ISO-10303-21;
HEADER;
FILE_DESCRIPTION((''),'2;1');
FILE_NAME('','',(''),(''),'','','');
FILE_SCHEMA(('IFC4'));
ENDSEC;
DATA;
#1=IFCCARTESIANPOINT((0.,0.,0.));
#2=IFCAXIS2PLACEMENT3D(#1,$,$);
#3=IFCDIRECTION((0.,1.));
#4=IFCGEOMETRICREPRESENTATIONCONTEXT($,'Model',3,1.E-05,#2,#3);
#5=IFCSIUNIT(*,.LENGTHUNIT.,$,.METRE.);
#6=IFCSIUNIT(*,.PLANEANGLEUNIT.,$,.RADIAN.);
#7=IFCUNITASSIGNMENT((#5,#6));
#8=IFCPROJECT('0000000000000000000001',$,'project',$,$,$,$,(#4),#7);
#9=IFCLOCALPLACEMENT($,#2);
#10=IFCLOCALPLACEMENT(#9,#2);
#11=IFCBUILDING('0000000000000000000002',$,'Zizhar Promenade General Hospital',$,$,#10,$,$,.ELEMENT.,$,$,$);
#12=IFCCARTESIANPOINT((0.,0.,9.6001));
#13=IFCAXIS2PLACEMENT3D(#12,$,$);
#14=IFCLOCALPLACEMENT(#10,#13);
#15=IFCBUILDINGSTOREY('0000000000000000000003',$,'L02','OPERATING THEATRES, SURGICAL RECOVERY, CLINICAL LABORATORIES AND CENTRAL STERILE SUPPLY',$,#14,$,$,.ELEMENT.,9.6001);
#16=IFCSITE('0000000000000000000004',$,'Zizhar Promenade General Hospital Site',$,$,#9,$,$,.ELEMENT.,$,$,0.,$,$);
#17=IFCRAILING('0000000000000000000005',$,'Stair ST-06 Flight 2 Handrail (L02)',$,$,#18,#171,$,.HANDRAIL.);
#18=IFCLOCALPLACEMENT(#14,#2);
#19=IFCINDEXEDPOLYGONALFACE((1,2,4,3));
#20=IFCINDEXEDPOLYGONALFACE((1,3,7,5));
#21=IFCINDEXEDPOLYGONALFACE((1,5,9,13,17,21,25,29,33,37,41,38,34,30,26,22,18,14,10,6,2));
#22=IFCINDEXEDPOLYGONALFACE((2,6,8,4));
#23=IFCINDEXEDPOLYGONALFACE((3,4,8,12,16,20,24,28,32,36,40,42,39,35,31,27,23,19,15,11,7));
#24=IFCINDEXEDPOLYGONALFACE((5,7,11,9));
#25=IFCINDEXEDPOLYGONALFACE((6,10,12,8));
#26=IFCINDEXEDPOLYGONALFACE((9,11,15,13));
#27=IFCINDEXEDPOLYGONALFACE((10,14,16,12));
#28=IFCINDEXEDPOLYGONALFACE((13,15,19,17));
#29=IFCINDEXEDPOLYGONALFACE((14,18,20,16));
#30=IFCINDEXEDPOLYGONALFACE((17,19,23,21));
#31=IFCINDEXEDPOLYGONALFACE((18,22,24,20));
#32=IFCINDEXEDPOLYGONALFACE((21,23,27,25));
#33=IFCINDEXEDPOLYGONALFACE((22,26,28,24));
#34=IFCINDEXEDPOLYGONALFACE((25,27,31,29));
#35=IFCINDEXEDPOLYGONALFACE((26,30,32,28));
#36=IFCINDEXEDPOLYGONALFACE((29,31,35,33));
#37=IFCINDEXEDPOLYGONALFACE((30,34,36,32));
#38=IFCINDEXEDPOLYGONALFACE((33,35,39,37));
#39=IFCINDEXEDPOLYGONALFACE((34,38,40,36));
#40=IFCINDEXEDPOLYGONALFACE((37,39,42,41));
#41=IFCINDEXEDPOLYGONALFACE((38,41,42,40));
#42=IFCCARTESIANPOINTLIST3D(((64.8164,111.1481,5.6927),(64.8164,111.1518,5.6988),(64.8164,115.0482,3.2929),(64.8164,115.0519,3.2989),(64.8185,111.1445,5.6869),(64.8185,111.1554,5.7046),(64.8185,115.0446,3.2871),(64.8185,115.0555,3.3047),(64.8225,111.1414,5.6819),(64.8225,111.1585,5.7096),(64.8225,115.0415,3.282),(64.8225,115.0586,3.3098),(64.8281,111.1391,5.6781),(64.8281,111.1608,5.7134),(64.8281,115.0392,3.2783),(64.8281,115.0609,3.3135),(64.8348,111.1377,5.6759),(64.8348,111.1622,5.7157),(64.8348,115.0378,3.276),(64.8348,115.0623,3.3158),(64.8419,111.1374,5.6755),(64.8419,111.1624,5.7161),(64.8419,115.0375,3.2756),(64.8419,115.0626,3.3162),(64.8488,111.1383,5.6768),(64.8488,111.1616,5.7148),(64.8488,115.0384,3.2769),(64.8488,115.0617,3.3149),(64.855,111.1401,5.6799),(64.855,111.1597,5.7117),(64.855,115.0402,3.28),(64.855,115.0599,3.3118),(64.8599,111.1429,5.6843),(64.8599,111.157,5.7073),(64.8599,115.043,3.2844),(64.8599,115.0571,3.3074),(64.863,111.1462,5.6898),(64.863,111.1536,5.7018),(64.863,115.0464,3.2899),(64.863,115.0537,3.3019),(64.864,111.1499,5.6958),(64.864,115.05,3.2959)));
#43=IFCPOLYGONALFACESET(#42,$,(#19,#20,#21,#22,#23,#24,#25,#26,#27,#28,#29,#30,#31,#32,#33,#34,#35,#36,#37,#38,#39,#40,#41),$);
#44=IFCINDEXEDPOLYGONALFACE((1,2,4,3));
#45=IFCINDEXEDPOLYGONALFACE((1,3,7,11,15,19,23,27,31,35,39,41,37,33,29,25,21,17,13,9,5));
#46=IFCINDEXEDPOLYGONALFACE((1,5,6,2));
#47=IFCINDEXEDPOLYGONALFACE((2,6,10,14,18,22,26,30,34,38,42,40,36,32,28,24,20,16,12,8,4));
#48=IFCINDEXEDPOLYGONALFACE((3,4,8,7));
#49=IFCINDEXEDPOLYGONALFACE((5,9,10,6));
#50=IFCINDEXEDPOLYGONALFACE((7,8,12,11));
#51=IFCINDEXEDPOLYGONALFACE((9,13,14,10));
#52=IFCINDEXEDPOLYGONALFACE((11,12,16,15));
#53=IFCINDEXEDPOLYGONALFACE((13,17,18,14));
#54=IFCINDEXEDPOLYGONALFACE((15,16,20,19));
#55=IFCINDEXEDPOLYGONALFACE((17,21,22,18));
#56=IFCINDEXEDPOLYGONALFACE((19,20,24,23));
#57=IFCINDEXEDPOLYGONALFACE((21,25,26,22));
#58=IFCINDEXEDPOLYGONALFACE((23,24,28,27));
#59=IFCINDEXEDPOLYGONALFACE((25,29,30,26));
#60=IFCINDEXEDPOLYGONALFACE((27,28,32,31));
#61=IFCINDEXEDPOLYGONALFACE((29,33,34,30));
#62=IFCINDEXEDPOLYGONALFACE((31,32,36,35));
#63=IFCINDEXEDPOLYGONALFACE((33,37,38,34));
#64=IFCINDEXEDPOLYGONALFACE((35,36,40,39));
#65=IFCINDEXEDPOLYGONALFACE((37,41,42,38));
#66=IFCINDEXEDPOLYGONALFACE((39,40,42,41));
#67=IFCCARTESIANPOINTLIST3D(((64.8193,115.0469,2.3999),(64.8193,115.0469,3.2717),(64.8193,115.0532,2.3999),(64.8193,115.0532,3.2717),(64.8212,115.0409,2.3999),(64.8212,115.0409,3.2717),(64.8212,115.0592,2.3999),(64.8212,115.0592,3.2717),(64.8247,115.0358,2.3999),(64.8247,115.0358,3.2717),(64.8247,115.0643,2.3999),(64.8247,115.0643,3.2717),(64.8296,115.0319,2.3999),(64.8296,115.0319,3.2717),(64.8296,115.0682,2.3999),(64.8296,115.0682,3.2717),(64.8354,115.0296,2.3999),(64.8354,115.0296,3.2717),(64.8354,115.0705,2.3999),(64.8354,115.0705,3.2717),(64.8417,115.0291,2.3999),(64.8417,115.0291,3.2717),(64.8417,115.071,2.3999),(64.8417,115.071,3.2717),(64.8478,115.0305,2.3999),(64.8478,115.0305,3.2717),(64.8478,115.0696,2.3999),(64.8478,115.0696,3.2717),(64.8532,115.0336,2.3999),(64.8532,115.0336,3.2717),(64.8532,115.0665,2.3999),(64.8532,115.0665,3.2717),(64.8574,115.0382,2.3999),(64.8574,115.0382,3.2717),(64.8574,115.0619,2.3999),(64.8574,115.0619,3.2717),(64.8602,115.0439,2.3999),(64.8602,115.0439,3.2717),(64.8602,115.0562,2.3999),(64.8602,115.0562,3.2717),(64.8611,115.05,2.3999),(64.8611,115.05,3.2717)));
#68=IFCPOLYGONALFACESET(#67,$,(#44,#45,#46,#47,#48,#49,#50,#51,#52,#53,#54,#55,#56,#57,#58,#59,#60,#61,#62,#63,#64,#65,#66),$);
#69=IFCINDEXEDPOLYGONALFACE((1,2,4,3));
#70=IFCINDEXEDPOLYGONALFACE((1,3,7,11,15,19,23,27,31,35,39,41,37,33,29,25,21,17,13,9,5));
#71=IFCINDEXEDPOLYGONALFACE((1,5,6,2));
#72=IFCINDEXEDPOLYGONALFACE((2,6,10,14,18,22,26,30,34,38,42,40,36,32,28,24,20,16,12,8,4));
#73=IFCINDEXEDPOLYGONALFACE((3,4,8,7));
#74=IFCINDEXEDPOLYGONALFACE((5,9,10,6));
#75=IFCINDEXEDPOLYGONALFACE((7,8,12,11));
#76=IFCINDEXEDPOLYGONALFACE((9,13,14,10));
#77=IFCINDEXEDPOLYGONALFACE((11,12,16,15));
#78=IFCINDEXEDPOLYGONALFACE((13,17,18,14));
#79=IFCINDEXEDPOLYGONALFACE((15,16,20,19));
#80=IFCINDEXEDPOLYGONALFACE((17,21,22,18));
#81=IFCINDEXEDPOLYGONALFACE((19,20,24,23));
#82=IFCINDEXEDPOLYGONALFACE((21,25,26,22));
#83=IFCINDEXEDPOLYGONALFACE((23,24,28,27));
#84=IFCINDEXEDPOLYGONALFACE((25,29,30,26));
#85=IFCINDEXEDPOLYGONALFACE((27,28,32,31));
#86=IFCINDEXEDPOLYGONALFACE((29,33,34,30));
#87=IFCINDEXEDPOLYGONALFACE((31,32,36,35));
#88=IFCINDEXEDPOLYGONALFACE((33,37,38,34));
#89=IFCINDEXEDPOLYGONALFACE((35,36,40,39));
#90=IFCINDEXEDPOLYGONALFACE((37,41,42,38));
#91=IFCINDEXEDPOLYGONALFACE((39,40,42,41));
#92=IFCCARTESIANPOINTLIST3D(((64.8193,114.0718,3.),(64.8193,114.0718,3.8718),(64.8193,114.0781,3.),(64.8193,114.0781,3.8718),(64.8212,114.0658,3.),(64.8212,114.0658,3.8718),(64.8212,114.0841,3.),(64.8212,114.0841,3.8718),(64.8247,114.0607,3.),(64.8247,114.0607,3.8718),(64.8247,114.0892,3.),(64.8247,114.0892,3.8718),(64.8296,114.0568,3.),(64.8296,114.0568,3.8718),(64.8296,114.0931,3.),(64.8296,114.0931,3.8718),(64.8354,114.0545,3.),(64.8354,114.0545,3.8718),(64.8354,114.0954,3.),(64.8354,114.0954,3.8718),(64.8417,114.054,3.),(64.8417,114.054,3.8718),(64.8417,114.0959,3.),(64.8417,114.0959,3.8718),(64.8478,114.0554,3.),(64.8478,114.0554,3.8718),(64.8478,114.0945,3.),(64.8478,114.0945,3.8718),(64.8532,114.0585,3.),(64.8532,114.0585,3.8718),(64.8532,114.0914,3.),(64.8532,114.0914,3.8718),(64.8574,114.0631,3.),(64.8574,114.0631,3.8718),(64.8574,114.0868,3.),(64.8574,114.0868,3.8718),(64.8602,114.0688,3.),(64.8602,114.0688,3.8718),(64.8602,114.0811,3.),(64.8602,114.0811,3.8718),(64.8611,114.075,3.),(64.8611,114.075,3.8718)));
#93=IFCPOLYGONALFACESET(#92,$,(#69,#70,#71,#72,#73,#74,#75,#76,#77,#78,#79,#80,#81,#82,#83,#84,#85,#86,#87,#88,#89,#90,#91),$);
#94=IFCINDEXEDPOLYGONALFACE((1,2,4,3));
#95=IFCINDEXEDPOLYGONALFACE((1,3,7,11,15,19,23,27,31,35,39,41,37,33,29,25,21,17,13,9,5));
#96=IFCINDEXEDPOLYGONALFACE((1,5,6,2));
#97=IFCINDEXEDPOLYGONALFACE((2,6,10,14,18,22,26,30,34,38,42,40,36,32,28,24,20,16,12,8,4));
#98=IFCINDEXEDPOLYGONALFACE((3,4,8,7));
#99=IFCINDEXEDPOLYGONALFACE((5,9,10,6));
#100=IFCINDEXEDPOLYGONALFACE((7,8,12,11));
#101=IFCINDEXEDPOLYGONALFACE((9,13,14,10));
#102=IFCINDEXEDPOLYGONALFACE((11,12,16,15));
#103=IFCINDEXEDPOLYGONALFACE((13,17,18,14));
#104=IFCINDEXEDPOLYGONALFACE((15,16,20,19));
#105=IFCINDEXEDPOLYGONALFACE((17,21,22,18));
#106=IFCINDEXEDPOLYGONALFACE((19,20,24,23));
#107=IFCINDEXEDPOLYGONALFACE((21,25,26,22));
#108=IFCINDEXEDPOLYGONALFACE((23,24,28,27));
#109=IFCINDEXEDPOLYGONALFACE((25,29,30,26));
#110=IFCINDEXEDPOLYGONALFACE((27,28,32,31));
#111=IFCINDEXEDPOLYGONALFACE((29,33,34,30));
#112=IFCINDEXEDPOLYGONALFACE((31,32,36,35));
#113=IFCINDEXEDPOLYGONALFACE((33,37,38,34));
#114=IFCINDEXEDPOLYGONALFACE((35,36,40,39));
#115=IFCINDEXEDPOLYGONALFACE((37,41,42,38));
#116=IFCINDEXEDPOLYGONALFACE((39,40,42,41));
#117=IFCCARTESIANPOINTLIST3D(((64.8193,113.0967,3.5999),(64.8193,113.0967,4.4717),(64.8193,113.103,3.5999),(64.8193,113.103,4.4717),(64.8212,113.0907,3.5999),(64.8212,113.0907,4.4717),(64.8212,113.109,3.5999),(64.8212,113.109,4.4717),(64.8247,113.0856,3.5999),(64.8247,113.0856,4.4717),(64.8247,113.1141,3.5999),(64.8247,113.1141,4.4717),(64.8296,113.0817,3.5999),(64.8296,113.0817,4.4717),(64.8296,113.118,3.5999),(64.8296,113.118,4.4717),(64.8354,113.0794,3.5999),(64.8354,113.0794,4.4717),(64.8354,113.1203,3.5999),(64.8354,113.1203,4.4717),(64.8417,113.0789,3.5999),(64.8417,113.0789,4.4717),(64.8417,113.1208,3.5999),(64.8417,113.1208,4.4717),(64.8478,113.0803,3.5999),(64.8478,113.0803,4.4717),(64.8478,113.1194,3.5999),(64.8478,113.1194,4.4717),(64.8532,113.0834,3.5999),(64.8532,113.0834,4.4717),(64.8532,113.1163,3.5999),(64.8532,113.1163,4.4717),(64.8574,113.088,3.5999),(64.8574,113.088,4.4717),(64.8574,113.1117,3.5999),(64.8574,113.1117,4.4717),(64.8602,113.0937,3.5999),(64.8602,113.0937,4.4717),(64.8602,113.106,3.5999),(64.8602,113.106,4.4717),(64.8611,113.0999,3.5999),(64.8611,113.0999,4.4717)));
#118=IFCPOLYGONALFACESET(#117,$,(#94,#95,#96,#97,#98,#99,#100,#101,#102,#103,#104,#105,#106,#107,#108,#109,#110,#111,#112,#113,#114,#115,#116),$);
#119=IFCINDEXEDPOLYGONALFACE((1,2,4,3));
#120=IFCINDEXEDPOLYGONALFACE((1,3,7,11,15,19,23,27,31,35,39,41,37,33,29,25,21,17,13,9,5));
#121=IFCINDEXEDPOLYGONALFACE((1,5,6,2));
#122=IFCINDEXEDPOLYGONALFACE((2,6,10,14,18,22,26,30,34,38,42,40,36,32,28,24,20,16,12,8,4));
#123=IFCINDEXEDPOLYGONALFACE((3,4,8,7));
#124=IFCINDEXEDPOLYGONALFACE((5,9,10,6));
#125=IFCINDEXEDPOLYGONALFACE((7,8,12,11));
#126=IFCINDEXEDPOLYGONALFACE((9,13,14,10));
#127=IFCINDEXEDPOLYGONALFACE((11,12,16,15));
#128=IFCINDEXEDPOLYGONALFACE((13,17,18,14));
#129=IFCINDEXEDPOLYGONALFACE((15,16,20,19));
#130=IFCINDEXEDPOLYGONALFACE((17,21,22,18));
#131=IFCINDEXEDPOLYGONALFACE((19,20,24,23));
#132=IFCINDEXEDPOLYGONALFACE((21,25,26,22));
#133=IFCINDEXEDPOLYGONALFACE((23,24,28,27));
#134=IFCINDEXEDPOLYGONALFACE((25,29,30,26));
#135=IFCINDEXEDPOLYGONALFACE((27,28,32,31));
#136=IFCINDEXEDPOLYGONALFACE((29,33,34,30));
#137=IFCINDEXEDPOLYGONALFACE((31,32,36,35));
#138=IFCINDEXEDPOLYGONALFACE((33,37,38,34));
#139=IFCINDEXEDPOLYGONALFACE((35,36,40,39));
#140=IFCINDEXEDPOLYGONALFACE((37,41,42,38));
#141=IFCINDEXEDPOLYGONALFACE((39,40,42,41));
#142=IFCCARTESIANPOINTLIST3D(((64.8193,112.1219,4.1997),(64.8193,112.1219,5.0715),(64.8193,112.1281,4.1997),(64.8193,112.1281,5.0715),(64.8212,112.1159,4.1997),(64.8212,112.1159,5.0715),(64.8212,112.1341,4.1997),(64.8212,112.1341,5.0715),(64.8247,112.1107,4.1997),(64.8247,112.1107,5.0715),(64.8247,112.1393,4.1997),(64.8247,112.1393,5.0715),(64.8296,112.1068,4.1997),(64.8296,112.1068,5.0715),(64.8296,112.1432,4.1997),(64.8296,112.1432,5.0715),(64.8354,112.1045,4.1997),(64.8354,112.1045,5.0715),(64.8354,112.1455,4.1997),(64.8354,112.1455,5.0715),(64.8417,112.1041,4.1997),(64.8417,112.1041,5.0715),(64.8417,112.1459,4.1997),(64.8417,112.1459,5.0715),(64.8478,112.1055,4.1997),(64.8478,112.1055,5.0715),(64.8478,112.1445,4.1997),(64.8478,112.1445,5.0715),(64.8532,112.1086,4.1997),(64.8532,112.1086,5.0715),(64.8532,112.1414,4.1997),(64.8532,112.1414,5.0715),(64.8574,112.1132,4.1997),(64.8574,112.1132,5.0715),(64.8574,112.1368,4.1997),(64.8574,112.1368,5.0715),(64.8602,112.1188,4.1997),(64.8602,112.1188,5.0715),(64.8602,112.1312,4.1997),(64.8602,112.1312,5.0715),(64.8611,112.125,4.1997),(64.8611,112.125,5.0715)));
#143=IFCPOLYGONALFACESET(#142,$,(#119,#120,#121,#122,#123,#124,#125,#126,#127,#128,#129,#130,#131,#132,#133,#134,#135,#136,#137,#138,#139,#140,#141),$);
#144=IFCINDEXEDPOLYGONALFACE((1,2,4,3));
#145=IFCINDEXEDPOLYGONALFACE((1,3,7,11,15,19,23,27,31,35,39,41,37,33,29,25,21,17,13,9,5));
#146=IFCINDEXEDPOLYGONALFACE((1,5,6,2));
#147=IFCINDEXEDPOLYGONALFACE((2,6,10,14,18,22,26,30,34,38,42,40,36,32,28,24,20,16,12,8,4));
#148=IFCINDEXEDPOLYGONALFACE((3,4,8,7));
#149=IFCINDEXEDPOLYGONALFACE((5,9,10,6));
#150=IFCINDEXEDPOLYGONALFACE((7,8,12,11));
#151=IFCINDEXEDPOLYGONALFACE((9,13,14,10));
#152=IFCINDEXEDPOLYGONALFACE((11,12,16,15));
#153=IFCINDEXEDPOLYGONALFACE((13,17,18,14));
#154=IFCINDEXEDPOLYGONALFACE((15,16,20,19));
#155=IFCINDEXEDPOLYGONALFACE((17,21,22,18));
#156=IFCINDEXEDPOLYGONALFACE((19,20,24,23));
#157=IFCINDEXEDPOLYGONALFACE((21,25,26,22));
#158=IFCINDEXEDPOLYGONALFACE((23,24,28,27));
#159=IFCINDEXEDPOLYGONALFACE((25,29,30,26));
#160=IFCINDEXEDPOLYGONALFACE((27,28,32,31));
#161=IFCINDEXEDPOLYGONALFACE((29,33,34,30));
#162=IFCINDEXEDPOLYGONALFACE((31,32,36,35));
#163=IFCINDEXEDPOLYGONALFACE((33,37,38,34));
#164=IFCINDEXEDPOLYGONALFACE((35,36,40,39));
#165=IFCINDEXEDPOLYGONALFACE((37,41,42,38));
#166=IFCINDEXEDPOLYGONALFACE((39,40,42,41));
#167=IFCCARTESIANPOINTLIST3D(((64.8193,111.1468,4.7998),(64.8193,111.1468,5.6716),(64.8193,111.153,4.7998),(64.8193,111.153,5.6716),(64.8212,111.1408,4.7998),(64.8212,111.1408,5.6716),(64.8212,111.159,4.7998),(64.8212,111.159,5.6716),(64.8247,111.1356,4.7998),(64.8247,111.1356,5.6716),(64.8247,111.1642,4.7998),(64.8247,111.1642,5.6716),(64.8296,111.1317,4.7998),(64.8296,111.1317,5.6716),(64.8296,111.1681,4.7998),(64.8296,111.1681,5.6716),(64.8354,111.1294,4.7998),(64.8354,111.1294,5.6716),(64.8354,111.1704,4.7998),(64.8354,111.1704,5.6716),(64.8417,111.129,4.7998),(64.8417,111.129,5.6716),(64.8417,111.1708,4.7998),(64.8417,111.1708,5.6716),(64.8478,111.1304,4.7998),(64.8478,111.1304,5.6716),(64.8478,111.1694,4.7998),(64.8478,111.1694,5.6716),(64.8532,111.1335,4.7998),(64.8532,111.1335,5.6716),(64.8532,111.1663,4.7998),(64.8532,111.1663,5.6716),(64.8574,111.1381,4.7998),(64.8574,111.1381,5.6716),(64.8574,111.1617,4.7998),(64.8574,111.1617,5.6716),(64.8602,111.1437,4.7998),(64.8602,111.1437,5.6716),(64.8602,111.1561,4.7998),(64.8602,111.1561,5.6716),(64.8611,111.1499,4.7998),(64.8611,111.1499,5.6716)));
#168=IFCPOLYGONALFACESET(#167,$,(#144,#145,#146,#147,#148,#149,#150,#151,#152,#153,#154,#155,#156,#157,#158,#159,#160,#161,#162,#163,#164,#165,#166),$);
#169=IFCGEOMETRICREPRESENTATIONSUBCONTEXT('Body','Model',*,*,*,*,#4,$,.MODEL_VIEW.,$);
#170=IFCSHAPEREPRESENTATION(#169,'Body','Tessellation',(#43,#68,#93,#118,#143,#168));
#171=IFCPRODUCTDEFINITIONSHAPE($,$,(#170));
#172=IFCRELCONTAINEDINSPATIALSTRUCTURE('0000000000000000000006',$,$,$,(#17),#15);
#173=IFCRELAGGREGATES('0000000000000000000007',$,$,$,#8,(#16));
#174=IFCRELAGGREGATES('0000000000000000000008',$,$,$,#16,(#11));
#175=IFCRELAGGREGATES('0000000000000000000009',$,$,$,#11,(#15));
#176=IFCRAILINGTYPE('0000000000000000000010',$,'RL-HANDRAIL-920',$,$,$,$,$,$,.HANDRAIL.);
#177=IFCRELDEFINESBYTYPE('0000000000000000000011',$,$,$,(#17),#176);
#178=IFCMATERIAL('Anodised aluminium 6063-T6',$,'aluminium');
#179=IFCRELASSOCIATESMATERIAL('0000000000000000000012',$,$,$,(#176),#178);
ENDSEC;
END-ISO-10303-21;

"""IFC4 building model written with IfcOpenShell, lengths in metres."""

from ifc_helpers import new_model, si_unit, direction, frame, origin, origin_2d, place, context, subcontext, project, spatial, circle, hollow_circle, extrude, material, material_profile, profile_set, type_object, element, save


model = new_model("IFC4")

# Units and contexts
model_context = context("Model", 3, precision=1e-05, world=origin(), true_north=direction((0.0, 1.0)))
body_context = subcontext(model_context, "Body", "Model", "MODEL_VIEW")
ifc_project = project(units=[si_unit("LENGTHUNIT", "METRE"), si_unit("PLANEANGLEUNIT", "RADIAN")], contexts=[model_context])

# Site, building, storey
site_placement = place(None, origin())
site = spatial("IfcSite", under=ifc_project, at=site_placement, Name="Zizhar Promenade General Hospital Site", CompositionType="ELEMENT", RefElevation=0.0)
building_placement = place(site_placement, origin())
building = spatial("IfcBuilding", under=site, at=building_placement, Name="Zizhar Promenade General Hospital", CompositionType="ELEMENT")
storey_placement = place(building_placement, frame((0.0, 0.0, 9.6001)))
storey = spatial("IfcBuildingStorey", under=building, at=storey_placement, Name="L02", Description="OPERATING THEATRES, SURGICAL RECOVERY, CLINICAL LABORATORIES AND CENTRAL STERILE SUPPLY", CompositionType="ELEMENT", Elevation=9.6001)

# Railing
ifc_material_1 = material(Name="Anodised aluminium 6063-T6", Category="aluminium")
ifc_material_profile_1 = material_profile(ifc_material_1, hollow_circle(Radius=0.0698, WallThickness=0.0063, at=origin_2d()))
ifc_profile_set_1 = profile_set([ifc_material_profile_1], Name="Anodised aluminium 6063-T6")
railing_type_1 = type_object("IfcRailingType", Name="RL-HANDRAIL-920", PredefinedType="HANDRAIL", material=ifc_profile_set_1)
railing_1_placement = place(storey_placement, frame((64.8401, 115.05, 2.3999)))
element("IfcRailing", 1, at=railing_1_placement, inside=storey, type_object=railing_type_1, Name="Stair ST-06 Flight 2 Handrail (L02)", PredefinedType="HANDRAIL", context=body_context, shape_type="SweptSolid", body=[
    extrude(circle(Radius=0.0239, at=origin_2d()), frame((0.0, 0.0, 0.896), z_axis=(0.0, -0.851677, 0.524068), x_axis=(1.0, 0.0, 0.0)), (0.0, 0.0, 1.0), 4.5793),
    extrude(circle(Radius=0.021, at=origin_2d()), origin(), (0.0, 0.0, 1.0), 0.8718),
    extrude(circle(Radius=0.021, at=origin_2d()), frame((0.0, -0.9751, 0.6001)), (0.0, 0.0, 1.0), 0.8718),
    extrude(circle(Radius=0.021, at=origin_2d()), frame((0.0, -1.9502, 1.2)), (0.0, 0.0, 1.0), 0.8718),
    extrude(circle(Radius=0.021, at=origin_2d()), frame((0.0, -2.925, 1.7998)), (0.0, 0.0, 1.0), 0.8718),
    extrude(circle(Radius=0.021, at=origin_2d()), frame((0.0, -3.9001, 2.3999)), (0.0, 0.0, 1.0), 0.8718),
])

save(model, "model.ifc")
